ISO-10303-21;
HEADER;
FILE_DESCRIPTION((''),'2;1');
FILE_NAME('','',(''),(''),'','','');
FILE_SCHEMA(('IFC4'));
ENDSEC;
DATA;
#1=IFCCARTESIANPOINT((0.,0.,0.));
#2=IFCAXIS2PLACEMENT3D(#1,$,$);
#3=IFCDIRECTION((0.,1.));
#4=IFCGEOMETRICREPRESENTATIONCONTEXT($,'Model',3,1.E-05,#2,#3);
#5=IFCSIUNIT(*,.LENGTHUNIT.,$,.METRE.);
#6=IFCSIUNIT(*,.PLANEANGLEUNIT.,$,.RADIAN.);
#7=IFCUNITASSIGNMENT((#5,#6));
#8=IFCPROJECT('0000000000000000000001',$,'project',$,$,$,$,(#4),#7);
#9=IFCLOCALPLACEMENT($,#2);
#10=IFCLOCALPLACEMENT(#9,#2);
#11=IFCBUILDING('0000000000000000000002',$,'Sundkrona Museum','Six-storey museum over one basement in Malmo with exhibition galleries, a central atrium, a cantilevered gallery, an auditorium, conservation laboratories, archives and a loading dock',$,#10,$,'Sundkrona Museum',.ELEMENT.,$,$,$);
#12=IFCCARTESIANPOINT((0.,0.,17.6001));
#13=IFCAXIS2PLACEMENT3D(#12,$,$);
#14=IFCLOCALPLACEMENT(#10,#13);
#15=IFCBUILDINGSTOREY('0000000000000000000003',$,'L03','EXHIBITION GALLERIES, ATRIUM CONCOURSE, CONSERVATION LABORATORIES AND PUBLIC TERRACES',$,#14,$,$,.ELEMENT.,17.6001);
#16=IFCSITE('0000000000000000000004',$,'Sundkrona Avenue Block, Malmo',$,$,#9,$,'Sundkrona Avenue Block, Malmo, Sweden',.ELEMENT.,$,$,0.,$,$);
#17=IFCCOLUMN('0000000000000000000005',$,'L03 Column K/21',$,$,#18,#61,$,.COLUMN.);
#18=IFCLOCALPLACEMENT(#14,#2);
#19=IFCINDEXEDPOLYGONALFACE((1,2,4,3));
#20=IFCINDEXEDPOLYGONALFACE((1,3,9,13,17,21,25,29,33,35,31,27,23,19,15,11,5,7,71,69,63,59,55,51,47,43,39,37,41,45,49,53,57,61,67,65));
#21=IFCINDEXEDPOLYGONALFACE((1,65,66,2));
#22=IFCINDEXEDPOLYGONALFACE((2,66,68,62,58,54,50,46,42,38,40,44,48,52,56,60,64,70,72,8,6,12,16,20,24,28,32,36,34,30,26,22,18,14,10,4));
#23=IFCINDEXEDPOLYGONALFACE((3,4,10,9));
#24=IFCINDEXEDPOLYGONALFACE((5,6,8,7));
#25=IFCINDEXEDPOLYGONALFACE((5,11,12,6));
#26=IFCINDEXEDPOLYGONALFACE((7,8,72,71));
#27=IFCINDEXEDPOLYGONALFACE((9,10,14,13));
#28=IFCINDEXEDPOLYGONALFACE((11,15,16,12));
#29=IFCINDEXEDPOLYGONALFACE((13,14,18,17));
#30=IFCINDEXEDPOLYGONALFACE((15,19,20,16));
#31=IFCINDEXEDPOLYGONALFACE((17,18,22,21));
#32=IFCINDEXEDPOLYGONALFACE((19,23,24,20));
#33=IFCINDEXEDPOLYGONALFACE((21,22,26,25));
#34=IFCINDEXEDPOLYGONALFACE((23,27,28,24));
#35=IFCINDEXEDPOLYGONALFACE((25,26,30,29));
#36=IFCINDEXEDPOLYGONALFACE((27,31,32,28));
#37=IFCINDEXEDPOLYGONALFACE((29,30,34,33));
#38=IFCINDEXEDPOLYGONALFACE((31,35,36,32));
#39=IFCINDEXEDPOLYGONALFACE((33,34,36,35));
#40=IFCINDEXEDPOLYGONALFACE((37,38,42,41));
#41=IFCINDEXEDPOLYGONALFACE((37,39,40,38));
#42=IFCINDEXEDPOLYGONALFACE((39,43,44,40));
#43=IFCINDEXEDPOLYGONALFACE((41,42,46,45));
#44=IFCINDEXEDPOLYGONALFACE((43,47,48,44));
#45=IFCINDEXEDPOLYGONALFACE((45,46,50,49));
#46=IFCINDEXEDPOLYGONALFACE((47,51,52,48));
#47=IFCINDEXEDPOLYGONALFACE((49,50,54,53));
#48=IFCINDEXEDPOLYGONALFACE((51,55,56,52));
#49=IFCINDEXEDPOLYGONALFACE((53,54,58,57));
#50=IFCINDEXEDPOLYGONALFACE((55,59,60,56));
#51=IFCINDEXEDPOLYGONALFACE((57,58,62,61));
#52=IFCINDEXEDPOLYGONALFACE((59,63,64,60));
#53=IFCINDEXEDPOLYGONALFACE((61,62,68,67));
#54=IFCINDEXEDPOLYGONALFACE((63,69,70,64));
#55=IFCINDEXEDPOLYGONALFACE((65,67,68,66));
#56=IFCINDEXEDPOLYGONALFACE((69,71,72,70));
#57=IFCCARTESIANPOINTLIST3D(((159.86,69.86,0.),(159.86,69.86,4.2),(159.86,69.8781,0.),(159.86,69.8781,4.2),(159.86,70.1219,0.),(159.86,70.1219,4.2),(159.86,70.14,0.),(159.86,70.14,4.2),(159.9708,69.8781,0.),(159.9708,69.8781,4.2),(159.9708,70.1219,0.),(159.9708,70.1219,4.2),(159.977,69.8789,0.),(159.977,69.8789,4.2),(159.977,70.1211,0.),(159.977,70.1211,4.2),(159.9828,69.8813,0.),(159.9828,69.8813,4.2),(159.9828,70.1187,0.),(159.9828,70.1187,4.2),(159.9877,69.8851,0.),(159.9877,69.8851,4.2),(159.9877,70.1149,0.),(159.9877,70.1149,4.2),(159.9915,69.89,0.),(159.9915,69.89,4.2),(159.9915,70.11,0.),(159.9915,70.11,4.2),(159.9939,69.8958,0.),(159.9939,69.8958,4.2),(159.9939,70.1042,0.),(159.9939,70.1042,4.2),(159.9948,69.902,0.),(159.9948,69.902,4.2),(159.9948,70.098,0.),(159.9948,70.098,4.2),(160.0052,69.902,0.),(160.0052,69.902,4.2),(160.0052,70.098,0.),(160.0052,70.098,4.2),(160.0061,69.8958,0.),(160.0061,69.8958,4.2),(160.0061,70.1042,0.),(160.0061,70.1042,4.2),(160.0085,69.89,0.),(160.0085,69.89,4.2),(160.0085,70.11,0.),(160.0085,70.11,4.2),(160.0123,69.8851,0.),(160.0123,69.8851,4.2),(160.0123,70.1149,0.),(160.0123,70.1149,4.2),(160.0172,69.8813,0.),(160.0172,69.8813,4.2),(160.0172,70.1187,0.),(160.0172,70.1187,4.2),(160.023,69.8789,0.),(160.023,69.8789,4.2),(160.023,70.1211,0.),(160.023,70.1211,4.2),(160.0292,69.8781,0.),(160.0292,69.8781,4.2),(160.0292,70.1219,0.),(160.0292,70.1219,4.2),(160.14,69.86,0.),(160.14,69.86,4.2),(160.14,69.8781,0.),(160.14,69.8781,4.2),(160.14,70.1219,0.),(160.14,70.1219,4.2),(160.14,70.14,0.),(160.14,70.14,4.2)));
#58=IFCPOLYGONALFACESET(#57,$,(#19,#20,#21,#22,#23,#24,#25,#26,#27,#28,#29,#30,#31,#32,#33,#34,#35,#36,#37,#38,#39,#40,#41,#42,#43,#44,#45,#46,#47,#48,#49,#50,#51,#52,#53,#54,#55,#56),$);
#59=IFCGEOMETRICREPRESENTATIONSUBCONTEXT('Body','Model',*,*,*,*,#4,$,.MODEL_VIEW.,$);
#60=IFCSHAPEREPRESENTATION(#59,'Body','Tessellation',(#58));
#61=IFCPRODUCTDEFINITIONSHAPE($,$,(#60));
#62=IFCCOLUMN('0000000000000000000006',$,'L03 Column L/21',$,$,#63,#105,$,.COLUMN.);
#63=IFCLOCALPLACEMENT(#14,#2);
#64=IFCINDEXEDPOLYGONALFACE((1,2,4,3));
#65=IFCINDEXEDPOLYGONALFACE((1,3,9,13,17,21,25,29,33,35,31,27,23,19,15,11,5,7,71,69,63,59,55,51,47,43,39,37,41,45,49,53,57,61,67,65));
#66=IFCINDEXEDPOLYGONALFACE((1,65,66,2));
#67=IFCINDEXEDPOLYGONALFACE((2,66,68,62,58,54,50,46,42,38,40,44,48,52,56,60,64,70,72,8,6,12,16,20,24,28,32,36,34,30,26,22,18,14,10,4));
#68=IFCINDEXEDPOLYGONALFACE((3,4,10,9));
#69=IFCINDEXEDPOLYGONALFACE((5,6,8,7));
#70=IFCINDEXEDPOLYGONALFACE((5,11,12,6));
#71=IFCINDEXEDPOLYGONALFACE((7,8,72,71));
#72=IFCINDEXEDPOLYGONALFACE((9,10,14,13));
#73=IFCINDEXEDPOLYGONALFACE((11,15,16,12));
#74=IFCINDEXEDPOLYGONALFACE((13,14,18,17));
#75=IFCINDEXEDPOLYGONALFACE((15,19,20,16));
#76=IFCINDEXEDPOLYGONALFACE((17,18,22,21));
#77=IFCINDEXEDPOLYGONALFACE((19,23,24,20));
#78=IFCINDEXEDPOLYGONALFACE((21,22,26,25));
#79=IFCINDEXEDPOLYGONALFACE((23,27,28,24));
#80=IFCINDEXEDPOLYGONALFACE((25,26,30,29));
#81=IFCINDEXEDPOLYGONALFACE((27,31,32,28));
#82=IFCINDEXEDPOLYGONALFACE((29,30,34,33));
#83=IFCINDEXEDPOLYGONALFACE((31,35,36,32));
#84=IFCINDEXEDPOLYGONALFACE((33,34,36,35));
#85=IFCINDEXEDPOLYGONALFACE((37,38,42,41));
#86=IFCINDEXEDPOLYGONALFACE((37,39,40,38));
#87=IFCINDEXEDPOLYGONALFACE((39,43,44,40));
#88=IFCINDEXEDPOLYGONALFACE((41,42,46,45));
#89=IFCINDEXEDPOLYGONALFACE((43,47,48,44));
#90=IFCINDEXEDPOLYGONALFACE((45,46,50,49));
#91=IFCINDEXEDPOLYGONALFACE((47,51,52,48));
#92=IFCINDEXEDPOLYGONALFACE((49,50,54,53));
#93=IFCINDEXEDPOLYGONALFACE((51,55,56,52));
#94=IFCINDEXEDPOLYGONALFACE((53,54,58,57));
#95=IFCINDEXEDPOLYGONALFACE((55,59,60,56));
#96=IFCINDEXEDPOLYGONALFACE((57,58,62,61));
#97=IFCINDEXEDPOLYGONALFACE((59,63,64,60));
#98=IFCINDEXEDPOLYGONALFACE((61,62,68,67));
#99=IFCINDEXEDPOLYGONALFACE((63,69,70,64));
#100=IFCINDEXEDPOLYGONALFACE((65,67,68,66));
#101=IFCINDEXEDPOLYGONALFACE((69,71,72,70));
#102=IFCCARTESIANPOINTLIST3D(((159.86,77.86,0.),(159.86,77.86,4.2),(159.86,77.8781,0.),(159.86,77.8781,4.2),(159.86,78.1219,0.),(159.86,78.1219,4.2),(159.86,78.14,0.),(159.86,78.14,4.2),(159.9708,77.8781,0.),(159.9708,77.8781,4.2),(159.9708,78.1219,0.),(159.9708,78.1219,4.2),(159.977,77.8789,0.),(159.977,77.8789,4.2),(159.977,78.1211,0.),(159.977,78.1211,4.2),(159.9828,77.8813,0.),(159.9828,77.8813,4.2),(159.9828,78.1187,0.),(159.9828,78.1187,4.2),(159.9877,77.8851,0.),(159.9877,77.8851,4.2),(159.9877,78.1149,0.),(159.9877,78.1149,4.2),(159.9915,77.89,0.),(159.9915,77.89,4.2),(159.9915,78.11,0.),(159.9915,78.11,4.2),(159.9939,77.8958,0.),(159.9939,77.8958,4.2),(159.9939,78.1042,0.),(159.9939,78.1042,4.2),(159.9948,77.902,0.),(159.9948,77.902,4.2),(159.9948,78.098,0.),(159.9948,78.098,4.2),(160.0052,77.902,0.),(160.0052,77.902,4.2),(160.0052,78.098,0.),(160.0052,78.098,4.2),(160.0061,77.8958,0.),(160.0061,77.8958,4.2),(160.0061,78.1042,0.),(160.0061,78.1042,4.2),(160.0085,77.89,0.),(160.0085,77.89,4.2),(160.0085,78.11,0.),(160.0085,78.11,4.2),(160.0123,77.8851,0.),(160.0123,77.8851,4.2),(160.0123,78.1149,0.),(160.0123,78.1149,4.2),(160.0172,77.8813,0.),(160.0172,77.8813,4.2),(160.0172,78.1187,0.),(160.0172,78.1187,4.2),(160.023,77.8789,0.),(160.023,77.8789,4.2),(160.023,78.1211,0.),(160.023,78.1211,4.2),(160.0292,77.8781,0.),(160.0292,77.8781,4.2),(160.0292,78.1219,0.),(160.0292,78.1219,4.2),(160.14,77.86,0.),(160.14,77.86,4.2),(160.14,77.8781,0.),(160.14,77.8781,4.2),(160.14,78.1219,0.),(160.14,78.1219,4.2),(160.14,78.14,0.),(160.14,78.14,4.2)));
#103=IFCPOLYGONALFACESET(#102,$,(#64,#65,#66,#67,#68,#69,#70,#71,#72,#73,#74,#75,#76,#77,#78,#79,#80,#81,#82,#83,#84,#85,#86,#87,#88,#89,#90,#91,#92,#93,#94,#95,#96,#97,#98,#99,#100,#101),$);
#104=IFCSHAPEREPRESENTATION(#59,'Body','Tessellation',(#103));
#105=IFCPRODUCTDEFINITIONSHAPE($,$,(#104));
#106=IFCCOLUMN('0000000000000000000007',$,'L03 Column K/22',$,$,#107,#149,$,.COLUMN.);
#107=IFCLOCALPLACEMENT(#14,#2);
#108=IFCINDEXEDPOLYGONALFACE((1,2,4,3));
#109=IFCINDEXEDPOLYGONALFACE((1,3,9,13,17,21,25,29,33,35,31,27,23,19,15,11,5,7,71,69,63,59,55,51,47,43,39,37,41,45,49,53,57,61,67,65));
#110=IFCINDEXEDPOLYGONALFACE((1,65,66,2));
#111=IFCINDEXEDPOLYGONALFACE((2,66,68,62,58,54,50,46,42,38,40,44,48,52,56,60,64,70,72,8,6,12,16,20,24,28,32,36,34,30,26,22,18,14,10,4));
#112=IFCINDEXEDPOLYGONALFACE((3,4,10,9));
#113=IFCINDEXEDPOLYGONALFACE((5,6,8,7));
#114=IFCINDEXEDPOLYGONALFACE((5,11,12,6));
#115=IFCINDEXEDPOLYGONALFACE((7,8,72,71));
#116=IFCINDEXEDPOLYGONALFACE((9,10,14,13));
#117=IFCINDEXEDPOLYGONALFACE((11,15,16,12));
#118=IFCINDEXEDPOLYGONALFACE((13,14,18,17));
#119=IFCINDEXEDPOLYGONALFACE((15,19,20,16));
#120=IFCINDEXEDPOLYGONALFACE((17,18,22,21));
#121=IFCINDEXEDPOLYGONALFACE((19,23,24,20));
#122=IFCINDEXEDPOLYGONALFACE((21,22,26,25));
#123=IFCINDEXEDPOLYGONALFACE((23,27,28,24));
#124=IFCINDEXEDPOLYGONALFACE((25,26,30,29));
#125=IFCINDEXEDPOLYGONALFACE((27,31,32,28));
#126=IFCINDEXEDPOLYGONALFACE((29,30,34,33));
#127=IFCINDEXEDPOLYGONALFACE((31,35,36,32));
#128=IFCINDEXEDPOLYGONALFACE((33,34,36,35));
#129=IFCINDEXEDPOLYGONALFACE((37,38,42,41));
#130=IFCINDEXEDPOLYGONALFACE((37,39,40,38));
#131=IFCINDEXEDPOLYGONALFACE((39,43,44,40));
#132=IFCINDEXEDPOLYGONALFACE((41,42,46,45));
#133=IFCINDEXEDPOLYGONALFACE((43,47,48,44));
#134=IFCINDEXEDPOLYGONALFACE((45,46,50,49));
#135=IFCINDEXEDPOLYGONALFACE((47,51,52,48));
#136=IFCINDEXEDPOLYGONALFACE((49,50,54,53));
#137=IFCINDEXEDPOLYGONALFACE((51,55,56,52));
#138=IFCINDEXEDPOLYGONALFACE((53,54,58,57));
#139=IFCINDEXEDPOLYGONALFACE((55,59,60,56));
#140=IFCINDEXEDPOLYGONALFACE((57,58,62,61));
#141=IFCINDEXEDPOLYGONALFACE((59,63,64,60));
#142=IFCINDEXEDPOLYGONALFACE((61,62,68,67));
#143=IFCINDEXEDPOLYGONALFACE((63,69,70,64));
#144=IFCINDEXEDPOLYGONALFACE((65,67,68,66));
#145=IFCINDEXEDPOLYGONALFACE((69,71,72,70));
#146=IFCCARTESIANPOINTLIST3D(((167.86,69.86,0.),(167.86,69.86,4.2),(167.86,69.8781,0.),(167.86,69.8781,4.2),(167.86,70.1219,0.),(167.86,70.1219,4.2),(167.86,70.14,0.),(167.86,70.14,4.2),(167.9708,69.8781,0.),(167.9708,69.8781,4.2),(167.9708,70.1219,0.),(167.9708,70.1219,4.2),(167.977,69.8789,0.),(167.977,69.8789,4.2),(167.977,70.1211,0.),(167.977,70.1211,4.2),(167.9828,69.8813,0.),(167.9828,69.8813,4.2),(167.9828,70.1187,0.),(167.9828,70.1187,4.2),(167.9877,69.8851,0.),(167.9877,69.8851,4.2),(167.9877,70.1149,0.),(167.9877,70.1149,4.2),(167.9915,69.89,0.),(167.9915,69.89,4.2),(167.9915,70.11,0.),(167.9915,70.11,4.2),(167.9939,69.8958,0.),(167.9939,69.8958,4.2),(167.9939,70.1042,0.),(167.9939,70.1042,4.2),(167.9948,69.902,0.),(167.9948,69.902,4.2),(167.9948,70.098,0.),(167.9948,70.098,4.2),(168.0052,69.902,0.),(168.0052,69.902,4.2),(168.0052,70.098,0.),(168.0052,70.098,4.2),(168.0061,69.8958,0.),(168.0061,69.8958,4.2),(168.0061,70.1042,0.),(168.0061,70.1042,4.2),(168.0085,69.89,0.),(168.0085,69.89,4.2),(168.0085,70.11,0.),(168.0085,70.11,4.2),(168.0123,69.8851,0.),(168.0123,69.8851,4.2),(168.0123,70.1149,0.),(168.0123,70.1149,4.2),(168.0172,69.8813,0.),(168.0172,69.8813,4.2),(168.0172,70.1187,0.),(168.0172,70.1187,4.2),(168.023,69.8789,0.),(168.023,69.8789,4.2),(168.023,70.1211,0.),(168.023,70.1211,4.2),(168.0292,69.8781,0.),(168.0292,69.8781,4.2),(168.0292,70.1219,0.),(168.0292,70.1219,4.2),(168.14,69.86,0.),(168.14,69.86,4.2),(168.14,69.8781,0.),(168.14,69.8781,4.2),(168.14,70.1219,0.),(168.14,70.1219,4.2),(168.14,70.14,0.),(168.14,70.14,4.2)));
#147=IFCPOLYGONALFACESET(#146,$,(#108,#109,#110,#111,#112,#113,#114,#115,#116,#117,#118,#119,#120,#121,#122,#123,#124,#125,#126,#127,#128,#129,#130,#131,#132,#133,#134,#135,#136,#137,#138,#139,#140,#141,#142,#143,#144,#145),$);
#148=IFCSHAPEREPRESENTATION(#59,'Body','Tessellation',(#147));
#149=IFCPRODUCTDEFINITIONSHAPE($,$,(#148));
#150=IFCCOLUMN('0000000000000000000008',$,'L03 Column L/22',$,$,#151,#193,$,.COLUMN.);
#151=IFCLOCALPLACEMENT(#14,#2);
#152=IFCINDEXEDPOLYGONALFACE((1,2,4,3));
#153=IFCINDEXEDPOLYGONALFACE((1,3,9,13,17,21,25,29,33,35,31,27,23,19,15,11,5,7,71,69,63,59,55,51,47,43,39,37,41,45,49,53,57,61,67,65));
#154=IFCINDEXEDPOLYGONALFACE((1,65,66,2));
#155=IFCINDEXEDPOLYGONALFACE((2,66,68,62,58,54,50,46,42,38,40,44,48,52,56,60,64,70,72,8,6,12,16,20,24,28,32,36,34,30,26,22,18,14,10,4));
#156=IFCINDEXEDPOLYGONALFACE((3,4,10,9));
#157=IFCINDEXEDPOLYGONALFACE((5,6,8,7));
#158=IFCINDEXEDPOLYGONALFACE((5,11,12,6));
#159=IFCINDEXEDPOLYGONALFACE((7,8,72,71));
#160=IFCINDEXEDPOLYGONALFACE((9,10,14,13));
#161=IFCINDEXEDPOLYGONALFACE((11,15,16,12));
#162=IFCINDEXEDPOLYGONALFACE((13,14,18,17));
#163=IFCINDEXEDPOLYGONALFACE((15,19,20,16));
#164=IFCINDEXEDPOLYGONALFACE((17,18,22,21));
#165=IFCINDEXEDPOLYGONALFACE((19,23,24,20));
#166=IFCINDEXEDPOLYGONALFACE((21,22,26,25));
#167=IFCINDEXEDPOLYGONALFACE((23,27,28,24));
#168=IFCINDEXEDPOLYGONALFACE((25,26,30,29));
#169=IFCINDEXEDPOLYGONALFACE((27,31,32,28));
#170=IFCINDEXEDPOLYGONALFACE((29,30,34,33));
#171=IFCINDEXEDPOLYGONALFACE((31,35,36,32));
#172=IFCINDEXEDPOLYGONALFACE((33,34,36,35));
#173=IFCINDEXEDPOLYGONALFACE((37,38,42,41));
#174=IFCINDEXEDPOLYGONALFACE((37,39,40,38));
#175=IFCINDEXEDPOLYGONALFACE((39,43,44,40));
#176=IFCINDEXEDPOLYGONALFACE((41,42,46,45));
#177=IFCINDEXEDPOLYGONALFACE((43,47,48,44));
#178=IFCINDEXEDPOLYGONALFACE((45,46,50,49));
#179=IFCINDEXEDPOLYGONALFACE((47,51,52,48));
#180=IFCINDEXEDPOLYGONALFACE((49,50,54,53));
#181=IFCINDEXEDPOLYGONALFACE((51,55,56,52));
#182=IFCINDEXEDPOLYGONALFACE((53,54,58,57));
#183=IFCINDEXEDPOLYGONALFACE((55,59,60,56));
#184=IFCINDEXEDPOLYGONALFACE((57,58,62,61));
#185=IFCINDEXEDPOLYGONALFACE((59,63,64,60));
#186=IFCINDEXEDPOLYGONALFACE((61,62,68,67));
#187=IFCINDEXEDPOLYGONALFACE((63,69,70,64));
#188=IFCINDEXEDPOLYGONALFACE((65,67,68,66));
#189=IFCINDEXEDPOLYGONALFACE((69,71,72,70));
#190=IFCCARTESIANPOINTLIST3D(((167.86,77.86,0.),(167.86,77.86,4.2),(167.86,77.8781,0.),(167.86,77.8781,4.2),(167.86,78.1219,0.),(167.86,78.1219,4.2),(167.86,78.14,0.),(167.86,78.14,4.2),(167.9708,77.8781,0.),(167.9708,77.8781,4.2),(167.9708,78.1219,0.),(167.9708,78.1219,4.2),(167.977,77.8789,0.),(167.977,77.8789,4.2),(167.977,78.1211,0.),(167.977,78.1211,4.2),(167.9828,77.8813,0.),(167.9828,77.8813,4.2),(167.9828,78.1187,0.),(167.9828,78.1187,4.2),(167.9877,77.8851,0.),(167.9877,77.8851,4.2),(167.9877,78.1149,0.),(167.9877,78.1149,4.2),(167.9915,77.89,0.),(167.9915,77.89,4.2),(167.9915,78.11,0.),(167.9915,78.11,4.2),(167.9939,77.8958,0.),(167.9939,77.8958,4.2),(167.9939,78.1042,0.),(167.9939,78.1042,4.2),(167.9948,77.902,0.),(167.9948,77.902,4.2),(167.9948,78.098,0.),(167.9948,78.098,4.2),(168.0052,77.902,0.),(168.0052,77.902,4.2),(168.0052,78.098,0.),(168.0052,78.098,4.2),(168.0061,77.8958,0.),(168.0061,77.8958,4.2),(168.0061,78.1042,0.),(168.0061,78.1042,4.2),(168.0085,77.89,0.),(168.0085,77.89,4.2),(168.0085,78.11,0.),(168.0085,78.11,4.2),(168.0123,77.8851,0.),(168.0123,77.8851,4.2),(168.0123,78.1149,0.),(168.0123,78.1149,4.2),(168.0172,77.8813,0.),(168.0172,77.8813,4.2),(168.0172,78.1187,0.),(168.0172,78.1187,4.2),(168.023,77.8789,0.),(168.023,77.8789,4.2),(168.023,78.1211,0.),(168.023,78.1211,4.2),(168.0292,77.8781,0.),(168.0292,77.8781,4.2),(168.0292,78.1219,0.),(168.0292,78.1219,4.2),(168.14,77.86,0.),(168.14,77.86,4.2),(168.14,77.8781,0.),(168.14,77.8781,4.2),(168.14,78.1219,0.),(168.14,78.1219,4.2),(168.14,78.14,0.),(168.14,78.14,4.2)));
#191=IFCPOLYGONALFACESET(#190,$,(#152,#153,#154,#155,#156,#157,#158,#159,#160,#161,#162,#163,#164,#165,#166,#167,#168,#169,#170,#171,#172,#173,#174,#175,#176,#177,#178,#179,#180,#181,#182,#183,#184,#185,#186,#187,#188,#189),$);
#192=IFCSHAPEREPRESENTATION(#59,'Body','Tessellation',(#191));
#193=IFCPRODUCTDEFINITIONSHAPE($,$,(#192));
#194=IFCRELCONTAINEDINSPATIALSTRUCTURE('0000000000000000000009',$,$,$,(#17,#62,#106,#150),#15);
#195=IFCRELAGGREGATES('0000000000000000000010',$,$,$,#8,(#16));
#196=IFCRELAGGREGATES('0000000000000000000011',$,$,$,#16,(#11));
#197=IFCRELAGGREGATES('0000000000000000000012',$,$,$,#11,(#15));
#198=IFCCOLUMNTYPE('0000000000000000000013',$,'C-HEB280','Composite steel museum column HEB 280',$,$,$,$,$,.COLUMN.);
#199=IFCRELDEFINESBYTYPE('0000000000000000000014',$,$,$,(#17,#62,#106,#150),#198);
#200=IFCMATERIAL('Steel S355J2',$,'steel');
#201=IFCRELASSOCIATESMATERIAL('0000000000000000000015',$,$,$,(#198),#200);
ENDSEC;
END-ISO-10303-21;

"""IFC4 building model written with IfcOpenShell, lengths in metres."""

from ifc_helpers import new_model, si_unit, direction, frame, origin, origin_2d, place, context, subcontext, project, spatial, i_section, extrude, material, material_profile, profile_set, type_object, element, save


model = new_model("IFC4")

# Units and contexts
model_context = context("Model", 3, precision=1e-05, world=origin(), true_north=direction((0.0, 1.0)))
body_context = subcontext(model_context, "Body", "Model", "MODEL_VIEW")
ifc_project = project(units=[si_unit("LENGTHUNIT", "METRE"), si_unit("PLANEANGLEUNIT", "RADIAN")], contexts=[model_context])

# Site, building, storey
site_placement = place(None, origin())
site = spatial("IfcSite", under=ifc_project, at=site_placement, Name="Sundkrona Avenue Block, Malmo", LongName="Sundkrona Avenue Block, Malmo, Sweden", CompositionType="ELEMENT", RefElevation=0.0)
building_placement = place(site_placement, origin())
building = spatial("IfcBuilding", under=site, at=building_placement, Name="Sundkrona Museum", Description="Six-storey museum over one basement in Malmo with exhibition galleries, a central atrium, a cantilevered gallery, an auditorium, conservation laboratories, archives and a loading dock", LongName="Sundkrona Museum", CompositionType="ELEMENT")
storey_placement = place(building_placement, frame((0.0, 0.0, 17.6001)))
storey = spatial("IfcBuildingStorey", under=building, at=storey_placement, Name="L03", Description="EXHIBITION GALLERIES, ATRIUM CONCOURSE, CONSERVATION LABORATORIES AND PUBLIC TERRACES", CompositionType="ELEMENT", Elevation=17.6001)

# Columns
ifc_material_1 = material(Name="Steel S355J2", Category="steel")
ifc_material_profile_1 = material_profile(ifc_material_1, i_section(OverallWidth=0.28, OverallDepth=0.28, WebThickness=0.0105, FlangeThickness=0.0181, FilletRadius=0.0239, at=origin_2d()), Name="HEB 280")
ifc_profile_set_1 = profile_set([ifc_material_profile_1], Name="Steel S355J2")
column_type = type_object("IfcColumnType", Name="C-HEB280", Description="Composite steel museum column HEB 280", PredefinedType="COLUMN", material=ifc_profile_set_1)
for number, where, z_axis, x_axis, name in (
    (1, (160.0, 70.0, 0.0), (0.0, 0.0, 1.0), (1.0, 0.0, 0.0), "L03 Column K/21"),
    (2, (160.0, 78.0, 0.0), (0.0, 0.0, 1.0), (1.0, 0.0, 0.0), "L03 Column L/21"),
    (3, (168.0, 70.0, 0.0), (0.0, 0.0, 1.0), (1.0, 0.0, 0.0), "L03 Column K/22"),
    (4, (168.0, 78.0, 0.0), (0.0, 0.0, 1.0), (1.0, 0.0, 0.0), "L03 Column L/22"),
):
    element("IfcColumn", number, at=place(storey_placement, frame(where, z_axis=z_axis, x_axis=x_axis)), inside=storey, type_object=column_type, Name=name, PredefinedType="COLUMN", context=body_context, shape_type="SweptSolid", body=[
        extrude(i_section(OverallWidth=0.28, OverallDepth=0.28, WebThickness=0.0105, FlangeThickness=0.0181, FilletRadius=0.0239, at=origin_2d()), origin(), (0.0, 0.0, 1.0), 4.2),
    ])

save(model, "model.ifc")
